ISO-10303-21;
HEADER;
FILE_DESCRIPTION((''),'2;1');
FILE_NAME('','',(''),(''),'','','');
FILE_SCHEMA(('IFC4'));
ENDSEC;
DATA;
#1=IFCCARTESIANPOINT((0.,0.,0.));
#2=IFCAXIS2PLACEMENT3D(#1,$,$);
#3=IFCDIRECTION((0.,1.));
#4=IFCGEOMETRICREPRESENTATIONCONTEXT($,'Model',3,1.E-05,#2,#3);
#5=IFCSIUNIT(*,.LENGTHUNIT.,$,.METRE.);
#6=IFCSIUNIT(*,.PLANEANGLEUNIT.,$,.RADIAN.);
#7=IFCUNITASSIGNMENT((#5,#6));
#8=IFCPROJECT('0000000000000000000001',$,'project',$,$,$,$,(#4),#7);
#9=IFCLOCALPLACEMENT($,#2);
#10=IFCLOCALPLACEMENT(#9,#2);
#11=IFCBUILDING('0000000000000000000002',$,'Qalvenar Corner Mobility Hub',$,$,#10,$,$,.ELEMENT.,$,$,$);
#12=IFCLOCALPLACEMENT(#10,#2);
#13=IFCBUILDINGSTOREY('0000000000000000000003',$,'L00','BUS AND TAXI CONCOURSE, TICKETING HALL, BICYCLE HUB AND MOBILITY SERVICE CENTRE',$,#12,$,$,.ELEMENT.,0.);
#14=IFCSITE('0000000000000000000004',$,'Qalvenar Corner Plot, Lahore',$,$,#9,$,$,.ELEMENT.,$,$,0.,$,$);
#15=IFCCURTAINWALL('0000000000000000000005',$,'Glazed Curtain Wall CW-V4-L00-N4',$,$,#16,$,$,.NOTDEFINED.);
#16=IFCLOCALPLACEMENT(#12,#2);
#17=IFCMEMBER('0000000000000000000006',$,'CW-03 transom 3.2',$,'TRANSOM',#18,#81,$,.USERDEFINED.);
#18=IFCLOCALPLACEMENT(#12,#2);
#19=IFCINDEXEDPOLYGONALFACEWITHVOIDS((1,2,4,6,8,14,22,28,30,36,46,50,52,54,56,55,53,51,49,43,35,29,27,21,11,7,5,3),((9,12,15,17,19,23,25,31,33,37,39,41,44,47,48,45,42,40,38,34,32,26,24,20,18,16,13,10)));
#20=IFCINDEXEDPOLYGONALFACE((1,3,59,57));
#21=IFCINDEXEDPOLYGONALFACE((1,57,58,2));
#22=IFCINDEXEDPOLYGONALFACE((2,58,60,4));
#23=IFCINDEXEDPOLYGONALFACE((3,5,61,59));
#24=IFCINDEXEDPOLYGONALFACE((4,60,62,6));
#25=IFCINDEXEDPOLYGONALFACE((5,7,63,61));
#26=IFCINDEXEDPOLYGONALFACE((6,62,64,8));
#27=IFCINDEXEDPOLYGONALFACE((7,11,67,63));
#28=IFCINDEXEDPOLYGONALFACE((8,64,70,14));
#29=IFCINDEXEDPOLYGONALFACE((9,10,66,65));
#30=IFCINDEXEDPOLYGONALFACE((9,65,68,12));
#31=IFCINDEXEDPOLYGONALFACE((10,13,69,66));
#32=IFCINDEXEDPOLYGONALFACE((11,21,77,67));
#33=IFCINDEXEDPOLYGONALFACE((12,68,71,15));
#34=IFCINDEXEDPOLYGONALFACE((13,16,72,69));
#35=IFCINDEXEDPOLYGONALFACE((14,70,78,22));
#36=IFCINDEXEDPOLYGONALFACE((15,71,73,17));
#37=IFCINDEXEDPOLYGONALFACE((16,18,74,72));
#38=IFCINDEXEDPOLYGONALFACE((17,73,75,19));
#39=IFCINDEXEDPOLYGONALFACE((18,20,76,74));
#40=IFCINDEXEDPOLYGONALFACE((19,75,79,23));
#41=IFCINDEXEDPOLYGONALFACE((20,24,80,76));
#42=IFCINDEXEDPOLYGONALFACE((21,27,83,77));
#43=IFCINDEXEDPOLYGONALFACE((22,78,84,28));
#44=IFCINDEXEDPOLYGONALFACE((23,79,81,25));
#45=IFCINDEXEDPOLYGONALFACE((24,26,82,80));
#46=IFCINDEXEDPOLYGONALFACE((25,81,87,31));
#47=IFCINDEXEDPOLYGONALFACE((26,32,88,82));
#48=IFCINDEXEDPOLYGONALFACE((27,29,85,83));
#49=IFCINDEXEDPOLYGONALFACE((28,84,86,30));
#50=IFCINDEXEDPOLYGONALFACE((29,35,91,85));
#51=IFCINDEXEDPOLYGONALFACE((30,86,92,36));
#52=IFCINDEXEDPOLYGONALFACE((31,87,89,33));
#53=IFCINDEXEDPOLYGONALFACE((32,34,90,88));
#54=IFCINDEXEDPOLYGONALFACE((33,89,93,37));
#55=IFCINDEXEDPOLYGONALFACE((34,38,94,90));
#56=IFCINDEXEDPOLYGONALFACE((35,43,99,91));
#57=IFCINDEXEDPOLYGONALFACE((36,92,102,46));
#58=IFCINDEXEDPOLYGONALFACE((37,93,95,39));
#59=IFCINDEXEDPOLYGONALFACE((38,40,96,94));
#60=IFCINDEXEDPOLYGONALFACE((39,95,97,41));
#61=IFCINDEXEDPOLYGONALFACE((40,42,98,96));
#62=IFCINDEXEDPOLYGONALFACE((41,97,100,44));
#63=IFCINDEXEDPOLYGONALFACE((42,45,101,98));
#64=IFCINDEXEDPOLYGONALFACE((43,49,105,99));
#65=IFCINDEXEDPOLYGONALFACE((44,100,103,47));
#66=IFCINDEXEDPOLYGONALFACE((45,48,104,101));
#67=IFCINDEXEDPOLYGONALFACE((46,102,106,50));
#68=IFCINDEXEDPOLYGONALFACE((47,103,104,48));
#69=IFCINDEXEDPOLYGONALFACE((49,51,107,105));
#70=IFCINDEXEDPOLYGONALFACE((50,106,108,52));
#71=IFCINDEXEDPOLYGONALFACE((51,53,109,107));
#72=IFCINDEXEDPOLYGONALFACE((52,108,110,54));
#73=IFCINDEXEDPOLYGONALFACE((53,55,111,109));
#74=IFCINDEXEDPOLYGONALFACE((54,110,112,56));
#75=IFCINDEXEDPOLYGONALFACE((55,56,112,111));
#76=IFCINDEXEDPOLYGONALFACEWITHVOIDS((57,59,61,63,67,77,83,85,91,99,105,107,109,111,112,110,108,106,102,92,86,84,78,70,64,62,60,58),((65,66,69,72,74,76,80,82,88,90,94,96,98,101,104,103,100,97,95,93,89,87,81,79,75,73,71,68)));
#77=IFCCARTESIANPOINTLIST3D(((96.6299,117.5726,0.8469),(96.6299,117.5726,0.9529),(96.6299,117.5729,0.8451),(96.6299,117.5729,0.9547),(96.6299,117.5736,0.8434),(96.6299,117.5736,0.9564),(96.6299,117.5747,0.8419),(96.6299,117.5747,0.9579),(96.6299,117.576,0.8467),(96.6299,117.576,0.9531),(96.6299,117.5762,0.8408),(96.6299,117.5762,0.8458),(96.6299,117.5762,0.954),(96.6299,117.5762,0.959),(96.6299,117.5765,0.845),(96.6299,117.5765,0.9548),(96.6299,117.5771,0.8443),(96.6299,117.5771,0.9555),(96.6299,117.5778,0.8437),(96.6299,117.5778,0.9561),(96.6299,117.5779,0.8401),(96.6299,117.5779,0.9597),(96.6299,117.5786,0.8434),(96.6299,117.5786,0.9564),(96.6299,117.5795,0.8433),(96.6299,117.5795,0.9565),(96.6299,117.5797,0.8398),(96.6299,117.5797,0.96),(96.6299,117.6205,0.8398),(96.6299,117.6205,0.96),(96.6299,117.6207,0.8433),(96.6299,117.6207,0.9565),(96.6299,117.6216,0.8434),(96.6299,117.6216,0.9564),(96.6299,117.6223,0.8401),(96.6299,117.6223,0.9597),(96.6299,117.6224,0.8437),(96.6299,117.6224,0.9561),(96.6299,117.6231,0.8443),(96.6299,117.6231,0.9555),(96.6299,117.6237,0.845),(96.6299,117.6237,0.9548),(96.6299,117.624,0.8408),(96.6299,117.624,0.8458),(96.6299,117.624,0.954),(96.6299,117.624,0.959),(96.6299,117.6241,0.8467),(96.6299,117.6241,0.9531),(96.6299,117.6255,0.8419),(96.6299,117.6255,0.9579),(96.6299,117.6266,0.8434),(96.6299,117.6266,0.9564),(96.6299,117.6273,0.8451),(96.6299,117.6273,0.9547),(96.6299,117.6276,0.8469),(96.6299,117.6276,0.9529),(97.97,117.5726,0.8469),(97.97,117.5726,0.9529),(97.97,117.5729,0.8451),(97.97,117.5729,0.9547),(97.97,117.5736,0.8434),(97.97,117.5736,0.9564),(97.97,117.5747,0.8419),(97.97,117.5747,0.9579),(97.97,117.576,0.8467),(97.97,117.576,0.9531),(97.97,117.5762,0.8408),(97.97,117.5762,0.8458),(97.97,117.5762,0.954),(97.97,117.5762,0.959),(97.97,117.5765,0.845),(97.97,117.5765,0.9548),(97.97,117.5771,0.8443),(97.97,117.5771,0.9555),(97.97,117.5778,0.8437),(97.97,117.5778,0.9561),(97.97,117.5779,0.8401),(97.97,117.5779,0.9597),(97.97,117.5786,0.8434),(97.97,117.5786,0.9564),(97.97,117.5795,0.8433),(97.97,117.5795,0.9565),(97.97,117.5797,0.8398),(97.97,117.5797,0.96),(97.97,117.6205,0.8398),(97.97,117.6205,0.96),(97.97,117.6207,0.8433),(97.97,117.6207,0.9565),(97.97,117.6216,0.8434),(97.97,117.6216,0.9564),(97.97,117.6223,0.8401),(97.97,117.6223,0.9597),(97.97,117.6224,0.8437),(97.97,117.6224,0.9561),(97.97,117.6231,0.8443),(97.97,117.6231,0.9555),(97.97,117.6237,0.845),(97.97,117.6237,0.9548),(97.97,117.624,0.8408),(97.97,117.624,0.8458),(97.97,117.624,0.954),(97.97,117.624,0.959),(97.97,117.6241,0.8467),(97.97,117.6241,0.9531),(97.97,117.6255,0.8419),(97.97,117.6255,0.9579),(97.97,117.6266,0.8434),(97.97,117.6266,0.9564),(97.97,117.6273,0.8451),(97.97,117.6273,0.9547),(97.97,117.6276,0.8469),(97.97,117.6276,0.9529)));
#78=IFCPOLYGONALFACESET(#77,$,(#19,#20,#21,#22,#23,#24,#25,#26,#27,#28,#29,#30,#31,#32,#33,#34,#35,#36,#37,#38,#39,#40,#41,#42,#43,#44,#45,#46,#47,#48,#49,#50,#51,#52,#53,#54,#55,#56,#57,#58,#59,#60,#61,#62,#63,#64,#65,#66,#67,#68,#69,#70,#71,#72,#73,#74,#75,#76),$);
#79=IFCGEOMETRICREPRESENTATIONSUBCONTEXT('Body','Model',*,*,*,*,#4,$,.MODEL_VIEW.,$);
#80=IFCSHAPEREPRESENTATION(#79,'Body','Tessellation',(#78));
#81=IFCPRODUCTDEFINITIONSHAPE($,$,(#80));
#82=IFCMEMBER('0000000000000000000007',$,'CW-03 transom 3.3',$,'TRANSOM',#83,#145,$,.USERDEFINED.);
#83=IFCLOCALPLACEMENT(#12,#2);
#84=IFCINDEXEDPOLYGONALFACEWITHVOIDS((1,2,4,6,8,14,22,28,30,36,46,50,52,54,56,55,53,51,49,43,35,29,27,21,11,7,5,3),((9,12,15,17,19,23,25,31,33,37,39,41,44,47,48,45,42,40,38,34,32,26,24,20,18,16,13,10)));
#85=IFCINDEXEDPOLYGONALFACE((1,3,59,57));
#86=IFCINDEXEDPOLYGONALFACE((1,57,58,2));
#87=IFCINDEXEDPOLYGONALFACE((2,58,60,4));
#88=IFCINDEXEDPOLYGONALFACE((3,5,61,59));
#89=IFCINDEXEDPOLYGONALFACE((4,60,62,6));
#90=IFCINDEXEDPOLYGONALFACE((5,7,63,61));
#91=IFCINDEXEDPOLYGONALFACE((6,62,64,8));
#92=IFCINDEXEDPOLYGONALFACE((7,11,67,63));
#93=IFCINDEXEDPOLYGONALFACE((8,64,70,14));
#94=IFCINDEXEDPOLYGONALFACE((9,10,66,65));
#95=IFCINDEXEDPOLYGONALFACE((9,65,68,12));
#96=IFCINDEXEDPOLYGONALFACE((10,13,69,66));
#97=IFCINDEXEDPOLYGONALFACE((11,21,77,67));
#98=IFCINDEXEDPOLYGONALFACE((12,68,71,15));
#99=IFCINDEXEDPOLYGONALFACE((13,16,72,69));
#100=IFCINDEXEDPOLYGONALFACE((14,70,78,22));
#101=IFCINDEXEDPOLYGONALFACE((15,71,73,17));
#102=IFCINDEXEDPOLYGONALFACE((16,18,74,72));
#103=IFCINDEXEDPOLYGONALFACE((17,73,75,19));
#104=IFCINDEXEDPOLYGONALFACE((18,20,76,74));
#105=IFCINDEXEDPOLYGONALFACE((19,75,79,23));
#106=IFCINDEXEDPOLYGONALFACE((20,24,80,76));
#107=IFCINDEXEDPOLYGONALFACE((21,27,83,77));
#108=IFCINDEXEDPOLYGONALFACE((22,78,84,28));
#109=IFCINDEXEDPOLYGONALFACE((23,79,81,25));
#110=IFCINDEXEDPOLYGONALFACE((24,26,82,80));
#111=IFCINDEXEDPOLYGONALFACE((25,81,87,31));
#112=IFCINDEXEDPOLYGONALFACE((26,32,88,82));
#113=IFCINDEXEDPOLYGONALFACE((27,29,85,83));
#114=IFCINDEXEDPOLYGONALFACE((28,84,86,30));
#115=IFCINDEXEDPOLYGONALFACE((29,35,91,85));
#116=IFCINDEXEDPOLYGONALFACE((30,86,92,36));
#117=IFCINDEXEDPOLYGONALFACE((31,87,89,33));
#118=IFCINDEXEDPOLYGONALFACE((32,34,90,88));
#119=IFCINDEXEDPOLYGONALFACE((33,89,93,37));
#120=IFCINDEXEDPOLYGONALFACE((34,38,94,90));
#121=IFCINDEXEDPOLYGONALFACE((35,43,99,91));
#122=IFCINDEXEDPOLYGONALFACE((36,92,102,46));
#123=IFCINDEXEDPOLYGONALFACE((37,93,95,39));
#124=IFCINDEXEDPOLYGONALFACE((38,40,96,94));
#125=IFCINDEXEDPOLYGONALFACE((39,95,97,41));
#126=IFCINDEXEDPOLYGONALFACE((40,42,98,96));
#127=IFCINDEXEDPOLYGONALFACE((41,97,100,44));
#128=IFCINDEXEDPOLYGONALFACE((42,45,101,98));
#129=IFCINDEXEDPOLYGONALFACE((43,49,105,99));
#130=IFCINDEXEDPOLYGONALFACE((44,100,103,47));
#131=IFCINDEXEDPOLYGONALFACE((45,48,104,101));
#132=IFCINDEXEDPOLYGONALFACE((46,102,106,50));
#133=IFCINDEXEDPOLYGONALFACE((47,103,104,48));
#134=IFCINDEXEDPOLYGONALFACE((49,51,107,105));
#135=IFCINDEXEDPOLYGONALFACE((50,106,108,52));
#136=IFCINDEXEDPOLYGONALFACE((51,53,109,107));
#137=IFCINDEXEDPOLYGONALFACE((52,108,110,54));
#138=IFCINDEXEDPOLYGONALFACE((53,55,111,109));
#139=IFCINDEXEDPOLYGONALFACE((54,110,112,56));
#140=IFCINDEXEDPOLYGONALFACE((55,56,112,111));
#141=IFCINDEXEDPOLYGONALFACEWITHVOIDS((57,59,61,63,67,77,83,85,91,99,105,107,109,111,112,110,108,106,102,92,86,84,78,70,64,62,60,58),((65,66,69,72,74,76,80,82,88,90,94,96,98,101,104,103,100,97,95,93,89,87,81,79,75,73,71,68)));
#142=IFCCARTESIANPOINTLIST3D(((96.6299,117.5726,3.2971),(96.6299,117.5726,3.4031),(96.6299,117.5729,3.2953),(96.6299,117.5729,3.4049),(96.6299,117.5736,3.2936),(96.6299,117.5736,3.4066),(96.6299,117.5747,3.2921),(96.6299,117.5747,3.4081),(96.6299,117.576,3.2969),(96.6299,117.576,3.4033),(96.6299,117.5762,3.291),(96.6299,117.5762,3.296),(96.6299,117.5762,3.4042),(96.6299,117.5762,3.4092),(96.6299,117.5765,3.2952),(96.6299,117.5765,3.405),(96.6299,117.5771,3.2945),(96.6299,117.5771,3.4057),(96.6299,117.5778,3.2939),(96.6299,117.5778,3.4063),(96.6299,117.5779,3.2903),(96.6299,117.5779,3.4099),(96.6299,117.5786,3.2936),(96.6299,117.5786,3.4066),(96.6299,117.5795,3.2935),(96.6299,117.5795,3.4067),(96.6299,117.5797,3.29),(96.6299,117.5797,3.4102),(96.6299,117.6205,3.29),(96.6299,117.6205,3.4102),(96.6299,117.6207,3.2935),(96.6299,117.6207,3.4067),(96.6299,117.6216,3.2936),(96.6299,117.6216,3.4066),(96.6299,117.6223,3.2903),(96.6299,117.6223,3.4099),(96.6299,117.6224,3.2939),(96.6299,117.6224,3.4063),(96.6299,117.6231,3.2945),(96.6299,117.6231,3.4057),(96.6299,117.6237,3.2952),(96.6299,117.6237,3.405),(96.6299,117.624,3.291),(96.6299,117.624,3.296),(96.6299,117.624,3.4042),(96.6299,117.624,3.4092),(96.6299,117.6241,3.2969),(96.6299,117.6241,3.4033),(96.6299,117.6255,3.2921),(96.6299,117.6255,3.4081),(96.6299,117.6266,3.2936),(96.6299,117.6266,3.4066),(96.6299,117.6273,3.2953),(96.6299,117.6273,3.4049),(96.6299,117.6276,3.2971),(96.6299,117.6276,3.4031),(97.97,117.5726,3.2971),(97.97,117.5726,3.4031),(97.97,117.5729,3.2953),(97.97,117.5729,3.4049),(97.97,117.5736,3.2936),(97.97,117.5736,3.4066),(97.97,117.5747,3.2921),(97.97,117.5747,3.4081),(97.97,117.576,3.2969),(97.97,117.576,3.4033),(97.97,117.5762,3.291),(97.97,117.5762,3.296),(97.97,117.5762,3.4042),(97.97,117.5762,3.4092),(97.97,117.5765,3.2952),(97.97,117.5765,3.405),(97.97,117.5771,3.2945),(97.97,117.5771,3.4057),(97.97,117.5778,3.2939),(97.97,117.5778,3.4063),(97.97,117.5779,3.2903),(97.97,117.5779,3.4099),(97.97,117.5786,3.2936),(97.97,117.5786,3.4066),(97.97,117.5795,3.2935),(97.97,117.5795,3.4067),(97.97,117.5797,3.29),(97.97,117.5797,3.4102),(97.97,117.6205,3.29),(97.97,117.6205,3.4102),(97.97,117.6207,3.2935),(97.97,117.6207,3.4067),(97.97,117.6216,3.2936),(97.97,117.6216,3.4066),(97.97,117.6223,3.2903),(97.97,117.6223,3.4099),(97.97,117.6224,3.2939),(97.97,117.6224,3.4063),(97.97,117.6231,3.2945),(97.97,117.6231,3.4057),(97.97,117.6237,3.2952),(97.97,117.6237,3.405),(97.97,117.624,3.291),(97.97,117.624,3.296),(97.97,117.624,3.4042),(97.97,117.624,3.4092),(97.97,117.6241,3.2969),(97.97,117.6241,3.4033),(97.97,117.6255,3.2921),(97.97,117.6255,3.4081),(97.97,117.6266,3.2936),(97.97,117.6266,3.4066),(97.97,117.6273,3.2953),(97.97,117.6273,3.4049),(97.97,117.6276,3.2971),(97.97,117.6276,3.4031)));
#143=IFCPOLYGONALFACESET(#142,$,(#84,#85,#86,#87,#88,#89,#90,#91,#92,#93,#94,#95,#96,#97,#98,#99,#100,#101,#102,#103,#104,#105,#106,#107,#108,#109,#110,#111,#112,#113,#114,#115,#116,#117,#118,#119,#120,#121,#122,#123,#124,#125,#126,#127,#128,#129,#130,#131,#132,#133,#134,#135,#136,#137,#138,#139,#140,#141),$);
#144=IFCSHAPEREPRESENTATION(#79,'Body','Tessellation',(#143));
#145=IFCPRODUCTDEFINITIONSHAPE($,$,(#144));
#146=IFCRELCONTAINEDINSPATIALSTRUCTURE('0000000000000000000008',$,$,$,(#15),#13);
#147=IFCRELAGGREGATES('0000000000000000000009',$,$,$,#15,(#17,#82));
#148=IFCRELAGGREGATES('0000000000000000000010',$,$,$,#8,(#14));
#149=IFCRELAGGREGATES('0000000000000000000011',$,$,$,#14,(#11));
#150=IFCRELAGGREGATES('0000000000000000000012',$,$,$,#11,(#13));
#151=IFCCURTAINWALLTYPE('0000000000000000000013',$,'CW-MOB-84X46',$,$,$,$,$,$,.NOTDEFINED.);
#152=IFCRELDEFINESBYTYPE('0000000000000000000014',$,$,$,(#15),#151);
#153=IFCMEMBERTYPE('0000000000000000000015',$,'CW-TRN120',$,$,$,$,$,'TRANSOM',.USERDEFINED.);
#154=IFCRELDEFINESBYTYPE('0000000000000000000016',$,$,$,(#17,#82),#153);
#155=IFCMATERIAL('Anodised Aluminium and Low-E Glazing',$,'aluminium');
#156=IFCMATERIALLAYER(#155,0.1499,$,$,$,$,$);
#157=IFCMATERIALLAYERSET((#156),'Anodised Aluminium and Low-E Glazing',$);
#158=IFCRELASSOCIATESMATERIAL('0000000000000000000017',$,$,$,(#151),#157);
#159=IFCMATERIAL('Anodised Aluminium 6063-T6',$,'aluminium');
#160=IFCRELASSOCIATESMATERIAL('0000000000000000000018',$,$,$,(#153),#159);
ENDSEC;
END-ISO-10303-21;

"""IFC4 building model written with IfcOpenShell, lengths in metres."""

from ifc_helpers import new_model, si_unit, direction, frame, origin, origin_2d, place, context, subcontext, project, spatial, hollow_rectangle, extrude, material, layer, layer_set, material_profile, profile_set, type_object, element, aggregate, save


model = new_model("IFC4")

# Units and contexts
model_context = context("Model", 3, precision=1e-05, world=origin(), true_north=direction((0.0, 1.0)))
body_context = subcontext(model_context, "Body", "Model", "MODEL_VIEW")
ifc_project = project(units=[si_unit("LENGTHUNIT", "METRE"), si_unit("PLANEANGLEUNIT", "RADIAN")], contexts=[model_context])

# Site, building, storey
site_placement = place(None, origin())
site = spatial("IfcSite", under=ifc_project, at=site_placement, Name="Qalvenar Corner Plot, Lahore", CompositionType="ELEMENT", RefElevation=0.0)
building_placement = place(site_placement, origin())
building = spatial("IfcBuilding", under=site, at=building_placement, Name="Qalvenar Corner Mobility Hub", CompositionType="ELEMENT")
storey_placement = place(building_placement, origin())
storey = spatial("IfcBuildingStorey", under=building, at=storey_placement, Name="L00", Description="BUS AND TAXI CONCOURSE, TICKETING HALL, BICYCLE HUB AND MOBILITY SERVICE CENTRE", CompositionType="ELEMENT", Elevation=0.0)

# Curtain wall, members
ifc_material_1 = material(Name="Anodised Aluminium and Low-E Glazing", Category="aluminium")
ifc_layer_1 = layer(ifc_material_1, 0.1499)
ifc_layer_set_1 = layer_set([ifc_layer_1], Name="Anodised Aluminium and Low-E Glazing")
curtain_wall_type = type_object("IfcCurtainWallType", Name="CW-MOB-84X46", PredefinedType="NOTDEFINED", material=ifc_layer_set_1)
curtain_wall_placement = place(storey_placement, origin())
curtain_wall = element("IfcCurtainWall", 1, at=curtain_wall_placement, inside=storey, type_object=curtain_wall_type, Name="Glazed Curtain Wall CW-V4-L00-N4", PredefinedType="NOTDEFINED")
ifc_material_2 = material(Name="Anodised Aluminium 6063-T6", Category="aluminium")
ifc_material_profile_1 = material_profile(ifc_material_2, hollow_rectangle(XDim=0.0549, YDim=0.1201, WallThickness=0.0034, InnerFilletRadius=0.0034, OuterFilletRadius=0.0071, at=origin_2d()), Name="RHS120x55x3.5")
ifc_profile_set_1 = profile_set([ifc_material_profile_1], Name="Anodised Aluminium 6063-T6")
member_type_1 = type_object("IfcMemberType", Name="CW-TRN120", ElementType="TRANSOM", PredefinedType="USERDEFINED", material=ifc_profile_set_1)
member_1_placement = place(storey_placement, frame((97.97, 117.6001, 0.8999), z_axis=(-1.0, 0.0, 0.0), x_axis=(0.0, -1.0, 0.0)))
member_1 = element("IfcMember", 2, at=member_1_placement, type_object=member_type_1, Name="CW-03 transom 3.2", ObjectType="TRANSOM", PredefinedType="USERDEFINED", context=body_context, shape_type="SweptSolid", body=[
    extrude(hollow_rectangle(XDim=0.0549, YDim=0.1201, WallThickness=0.0034, InnerFilletRadius=0.0034, OuterFilletRadius=0.0071, at=origin_2d()), origin(), (0.0, 0.0, 1.0), 1.3401),
])
member_2_placement = place(storey_placement, frame((97.97, 117.6001, 3.3501), z_axis=(-1.0, 0.0, 0.0), x_axis=(0.0, -1.0, 0.0)))
member_2 = element("IfcMember", 3, at=member_2_placement, type_object=member_type_1, Name="CW-03 transom 3.3", ObjectType="TRANSOM", PredefinedType="USERDEFINED", context=body_context, shape_type="SweptSolid", body=[
    extrude(hollow_rectangle(XDim=0.0549, YDim=0.1201, WallThickness=0.0034, InnerFilletRadius=0.0034, OuterFilletRadius=0.0071, at=origin_2d()), origin(), (0.0, 0.0, 1.0), 1.3401),
])
aggregate(curtain_wall, [member_1, member_2])

save(model, "model.ifc")
